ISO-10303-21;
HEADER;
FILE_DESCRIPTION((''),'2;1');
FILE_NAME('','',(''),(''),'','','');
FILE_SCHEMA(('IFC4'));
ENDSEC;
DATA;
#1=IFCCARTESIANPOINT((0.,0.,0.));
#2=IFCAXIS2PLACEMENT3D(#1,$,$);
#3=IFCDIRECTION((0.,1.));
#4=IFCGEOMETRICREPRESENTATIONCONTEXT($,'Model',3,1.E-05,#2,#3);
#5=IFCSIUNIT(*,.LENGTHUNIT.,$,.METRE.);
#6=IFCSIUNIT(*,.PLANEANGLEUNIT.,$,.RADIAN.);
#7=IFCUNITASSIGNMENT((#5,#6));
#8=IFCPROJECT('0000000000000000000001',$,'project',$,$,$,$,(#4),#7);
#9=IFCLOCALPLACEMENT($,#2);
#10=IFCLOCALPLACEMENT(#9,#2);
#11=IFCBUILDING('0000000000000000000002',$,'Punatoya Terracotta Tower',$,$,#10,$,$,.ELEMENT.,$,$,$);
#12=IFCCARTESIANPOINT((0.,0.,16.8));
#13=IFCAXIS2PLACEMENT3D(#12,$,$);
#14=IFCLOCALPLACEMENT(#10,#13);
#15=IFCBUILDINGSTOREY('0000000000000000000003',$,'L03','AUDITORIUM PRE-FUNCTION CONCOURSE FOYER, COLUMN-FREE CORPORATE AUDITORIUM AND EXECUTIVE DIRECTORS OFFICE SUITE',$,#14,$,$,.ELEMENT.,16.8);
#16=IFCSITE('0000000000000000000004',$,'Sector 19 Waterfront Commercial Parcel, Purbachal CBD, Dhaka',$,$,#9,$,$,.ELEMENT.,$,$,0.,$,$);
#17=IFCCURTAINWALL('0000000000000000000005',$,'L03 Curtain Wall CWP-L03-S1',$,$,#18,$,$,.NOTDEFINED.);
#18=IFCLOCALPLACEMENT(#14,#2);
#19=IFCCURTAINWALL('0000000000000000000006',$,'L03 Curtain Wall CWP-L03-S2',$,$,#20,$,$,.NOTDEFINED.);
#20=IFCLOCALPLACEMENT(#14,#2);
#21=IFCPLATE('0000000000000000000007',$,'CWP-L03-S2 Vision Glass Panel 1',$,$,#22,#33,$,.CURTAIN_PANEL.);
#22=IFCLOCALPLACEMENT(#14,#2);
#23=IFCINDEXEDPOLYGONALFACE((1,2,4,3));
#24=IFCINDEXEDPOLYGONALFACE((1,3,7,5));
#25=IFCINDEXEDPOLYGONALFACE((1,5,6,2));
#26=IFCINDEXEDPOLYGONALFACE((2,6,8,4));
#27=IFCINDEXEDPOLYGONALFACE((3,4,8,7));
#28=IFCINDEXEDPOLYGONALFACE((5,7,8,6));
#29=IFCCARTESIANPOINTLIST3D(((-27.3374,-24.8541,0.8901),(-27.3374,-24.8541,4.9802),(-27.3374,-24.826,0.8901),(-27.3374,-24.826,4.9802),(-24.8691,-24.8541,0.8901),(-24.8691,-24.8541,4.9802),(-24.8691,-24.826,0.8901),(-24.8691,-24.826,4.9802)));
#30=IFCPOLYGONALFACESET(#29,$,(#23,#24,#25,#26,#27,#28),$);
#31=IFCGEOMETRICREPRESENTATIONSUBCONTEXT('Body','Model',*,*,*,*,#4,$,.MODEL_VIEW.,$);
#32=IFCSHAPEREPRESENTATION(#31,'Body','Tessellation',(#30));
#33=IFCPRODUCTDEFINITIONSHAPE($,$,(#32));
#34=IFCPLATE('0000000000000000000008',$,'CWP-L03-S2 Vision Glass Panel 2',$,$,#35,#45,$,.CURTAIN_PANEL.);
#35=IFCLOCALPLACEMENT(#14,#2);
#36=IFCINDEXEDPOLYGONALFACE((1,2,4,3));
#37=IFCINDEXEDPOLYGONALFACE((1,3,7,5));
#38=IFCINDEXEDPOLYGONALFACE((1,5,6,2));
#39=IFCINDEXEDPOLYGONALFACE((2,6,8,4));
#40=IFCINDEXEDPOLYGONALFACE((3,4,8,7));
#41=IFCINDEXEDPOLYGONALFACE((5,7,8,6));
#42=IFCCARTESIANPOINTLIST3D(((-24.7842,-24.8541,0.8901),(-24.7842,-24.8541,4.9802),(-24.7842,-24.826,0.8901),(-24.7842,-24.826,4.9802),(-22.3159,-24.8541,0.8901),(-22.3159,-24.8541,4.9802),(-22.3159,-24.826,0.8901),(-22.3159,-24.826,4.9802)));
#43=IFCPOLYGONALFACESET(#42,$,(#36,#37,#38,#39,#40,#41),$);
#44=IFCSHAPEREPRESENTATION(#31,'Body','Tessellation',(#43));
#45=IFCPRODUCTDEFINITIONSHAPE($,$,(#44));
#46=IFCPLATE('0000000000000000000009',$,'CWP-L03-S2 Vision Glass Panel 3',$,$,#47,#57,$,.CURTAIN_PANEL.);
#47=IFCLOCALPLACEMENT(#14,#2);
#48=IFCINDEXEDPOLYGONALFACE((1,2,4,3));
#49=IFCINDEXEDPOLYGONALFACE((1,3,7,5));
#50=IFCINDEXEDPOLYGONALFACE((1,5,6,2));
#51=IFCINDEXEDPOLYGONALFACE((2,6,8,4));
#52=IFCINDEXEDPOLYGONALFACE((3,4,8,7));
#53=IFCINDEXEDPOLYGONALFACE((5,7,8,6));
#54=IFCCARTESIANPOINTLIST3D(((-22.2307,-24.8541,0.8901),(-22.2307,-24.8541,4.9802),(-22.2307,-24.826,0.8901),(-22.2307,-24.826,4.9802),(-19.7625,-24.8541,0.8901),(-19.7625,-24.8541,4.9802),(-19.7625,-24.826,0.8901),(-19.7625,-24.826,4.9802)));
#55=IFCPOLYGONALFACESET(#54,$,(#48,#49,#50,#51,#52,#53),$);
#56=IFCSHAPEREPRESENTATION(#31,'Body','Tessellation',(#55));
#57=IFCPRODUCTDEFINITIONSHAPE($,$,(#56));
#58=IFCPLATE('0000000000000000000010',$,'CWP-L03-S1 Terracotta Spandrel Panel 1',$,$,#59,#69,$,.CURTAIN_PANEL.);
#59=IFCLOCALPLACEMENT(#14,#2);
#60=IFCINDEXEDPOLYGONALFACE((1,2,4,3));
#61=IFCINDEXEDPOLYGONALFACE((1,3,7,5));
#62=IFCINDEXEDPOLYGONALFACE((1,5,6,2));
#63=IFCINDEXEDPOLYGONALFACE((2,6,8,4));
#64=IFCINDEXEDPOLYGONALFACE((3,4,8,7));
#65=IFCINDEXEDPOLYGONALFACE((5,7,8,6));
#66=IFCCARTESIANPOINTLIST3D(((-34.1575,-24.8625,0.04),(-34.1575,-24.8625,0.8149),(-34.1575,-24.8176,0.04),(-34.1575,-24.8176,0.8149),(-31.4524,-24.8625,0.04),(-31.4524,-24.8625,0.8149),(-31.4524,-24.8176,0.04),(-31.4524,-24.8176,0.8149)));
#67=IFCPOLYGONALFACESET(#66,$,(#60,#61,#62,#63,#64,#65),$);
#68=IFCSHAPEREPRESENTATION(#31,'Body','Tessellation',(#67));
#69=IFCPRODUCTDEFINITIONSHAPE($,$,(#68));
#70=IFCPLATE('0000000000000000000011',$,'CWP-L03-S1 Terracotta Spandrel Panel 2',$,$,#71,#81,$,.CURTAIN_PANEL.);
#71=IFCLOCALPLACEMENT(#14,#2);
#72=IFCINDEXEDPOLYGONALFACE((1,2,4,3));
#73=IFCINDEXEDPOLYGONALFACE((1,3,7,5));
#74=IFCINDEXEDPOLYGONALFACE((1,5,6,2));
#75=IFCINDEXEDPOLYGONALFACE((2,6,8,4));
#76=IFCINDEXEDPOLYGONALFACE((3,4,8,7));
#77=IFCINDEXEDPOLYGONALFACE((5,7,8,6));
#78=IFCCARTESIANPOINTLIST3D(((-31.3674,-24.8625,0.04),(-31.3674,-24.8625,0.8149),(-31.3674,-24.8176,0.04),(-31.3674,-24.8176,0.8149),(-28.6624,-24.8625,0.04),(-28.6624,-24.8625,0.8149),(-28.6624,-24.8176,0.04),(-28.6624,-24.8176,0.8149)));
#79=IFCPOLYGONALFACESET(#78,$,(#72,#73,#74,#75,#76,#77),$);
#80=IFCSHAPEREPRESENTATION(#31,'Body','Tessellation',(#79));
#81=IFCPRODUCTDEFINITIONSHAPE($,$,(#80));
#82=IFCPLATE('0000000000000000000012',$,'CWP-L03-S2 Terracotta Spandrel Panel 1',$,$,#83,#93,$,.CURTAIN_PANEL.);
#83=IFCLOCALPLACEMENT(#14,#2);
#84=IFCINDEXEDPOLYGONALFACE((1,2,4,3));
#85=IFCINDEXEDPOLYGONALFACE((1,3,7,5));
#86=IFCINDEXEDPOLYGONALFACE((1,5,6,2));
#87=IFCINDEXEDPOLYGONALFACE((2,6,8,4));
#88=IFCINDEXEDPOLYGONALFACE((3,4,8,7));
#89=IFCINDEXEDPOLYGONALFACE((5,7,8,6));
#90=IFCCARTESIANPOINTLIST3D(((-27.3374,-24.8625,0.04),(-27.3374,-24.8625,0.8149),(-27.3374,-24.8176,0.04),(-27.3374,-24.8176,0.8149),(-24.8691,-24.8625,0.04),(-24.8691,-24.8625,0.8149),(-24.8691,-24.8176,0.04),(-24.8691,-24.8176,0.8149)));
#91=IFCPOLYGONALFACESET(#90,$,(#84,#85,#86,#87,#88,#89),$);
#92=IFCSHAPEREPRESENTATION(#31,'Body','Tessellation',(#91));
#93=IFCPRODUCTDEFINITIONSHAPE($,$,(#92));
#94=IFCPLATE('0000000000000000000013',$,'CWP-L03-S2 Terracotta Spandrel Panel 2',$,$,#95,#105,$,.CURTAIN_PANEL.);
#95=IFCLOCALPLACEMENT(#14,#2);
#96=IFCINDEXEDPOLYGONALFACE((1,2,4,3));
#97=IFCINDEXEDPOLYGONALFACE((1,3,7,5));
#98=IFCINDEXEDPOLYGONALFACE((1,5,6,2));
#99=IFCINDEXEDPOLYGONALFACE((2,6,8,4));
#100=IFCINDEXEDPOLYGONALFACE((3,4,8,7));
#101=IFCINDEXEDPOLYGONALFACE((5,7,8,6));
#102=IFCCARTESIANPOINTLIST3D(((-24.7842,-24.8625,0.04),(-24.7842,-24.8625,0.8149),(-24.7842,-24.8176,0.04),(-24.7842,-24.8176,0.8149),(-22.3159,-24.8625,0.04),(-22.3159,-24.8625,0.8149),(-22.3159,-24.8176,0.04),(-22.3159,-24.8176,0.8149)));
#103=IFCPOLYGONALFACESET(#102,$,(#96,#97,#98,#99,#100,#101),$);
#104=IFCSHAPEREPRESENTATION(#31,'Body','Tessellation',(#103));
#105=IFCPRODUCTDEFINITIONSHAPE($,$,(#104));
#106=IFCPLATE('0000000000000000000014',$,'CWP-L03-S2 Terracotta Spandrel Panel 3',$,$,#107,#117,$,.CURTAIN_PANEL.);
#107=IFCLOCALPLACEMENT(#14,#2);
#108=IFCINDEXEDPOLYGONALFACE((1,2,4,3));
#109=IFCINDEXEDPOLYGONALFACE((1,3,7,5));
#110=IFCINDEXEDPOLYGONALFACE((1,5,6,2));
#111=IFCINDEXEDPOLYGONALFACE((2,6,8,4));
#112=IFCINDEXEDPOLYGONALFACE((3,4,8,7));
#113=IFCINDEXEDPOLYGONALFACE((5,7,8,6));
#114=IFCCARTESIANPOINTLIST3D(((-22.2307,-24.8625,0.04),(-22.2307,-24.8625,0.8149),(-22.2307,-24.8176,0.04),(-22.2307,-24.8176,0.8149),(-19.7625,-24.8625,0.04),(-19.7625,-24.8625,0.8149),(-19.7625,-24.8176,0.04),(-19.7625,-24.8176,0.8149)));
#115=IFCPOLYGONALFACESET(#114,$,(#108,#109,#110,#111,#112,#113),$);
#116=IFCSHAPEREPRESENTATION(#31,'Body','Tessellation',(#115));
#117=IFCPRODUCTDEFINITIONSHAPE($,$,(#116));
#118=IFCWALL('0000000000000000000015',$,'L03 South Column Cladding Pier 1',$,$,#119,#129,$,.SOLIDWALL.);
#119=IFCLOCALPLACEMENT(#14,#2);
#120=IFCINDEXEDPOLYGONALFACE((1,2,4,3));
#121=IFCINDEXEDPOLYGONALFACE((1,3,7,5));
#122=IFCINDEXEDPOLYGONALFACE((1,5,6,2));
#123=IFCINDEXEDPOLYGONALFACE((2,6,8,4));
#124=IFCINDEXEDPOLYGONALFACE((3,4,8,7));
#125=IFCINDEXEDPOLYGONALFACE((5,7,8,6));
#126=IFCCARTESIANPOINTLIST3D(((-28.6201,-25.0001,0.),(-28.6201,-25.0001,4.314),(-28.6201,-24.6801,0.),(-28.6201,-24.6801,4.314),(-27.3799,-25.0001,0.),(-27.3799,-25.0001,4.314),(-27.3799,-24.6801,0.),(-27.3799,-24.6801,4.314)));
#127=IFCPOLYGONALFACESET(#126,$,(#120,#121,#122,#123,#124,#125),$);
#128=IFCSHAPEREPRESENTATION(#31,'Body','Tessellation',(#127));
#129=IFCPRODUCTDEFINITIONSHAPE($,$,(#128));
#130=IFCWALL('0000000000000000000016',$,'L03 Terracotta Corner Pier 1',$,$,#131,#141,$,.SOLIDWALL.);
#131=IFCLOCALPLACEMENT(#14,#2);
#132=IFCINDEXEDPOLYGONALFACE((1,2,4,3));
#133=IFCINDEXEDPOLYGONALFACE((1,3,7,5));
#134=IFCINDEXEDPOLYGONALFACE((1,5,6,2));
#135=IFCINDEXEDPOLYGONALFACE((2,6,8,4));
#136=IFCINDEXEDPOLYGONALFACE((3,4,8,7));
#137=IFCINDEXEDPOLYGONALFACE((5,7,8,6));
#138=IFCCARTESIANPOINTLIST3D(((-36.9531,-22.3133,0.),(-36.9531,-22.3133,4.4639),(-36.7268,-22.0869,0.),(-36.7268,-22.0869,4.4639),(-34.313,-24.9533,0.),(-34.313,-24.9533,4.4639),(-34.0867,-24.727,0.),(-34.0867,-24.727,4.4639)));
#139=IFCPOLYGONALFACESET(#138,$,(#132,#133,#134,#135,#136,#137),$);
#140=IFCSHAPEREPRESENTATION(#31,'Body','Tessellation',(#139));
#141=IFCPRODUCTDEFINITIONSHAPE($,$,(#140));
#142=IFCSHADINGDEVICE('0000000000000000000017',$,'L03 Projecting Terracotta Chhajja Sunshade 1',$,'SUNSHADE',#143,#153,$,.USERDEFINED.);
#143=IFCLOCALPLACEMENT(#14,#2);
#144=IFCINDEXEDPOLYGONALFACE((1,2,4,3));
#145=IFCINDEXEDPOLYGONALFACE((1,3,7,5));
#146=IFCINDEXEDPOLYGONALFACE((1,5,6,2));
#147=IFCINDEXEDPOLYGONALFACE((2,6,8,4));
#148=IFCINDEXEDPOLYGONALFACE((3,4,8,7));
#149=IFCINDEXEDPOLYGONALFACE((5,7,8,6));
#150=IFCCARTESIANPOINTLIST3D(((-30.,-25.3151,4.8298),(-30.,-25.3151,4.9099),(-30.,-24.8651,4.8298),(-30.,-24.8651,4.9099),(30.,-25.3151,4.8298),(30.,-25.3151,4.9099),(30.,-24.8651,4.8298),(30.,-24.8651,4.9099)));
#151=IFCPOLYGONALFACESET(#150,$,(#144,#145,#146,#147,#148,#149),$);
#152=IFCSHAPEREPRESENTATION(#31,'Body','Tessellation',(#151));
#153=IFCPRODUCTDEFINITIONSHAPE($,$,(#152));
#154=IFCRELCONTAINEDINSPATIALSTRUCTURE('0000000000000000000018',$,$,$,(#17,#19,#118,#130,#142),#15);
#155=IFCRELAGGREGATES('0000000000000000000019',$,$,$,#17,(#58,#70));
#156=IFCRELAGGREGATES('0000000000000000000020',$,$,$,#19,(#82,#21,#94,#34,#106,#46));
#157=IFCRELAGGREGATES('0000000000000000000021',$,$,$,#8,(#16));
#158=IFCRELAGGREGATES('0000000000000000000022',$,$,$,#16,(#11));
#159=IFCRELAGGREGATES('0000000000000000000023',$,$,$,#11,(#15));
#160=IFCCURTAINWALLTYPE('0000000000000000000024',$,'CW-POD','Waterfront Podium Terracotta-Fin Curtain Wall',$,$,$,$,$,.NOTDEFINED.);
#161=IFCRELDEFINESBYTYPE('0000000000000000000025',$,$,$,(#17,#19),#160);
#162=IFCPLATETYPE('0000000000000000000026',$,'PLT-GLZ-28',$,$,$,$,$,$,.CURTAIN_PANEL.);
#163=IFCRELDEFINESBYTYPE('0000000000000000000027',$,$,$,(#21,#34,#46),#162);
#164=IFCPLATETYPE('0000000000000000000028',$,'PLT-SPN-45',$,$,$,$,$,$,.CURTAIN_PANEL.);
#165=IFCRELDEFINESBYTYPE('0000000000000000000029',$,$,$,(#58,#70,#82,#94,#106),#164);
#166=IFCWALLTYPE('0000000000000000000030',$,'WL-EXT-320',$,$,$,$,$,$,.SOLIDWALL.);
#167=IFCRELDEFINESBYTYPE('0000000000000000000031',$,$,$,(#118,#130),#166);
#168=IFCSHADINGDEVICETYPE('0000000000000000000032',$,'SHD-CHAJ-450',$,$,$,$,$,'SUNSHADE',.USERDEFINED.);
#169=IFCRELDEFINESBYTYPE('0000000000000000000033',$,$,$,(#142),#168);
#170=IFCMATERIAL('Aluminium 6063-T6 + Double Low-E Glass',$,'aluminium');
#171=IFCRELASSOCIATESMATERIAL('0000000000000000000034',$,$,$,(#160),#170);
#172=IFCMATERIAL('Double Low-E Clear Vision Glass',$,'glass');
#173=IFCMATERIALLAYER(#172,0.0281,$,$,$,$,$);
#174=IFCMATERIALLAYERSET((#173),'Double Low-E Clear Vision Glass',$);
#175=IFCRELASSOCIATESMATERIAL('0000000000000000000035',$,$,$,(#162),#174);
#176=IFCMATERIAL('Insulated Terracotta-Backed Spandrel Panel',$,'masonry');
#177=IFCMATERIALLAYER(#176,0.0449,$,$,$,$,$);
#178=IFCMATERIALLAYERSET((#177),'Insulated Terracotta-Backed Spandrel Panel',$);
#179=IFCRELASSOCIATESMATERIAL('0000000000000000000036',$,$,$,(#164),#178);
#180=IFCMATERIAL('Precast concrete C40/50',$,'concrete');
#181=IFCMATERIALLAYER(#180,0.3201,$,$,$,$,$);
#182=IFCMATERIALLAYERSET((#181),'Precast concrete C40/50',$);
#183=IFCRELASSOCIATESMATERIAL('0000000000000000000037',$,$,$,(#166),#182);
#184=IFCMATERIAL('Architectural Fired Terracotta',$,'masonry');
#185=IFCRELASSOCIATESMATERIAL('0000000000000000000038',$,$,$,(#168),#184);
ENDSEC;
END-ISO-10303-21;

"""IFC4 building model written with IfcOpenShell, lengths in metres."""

from ifc_helpers import new_model, si_unit, direction, frame, frame_2d, origin, origin_2d, place, context, subcontext, project, spatial, rectangle, extrude, material, layer, layer_set, material_profile, profile_set, type_object, element, aggregate, save


model = new_model("IFC4")

# Units and contexts
model_context = context("Model", 3, precision=1e-05, world=origin(), true_north=direction((0.0, 1.0)))
body_context = subcontext(model_context, "Body", "Model", "MODEL_VIEW")
ifc_project = project(units=[si_unit("LENGTHUNIT", "METRE"), si_unit("PLANEANGLEUNIT", "RADIAN")], contexts=[model_context])

# Site, building, storey
site_placement = place(None, origin())
site = spatial("IfcSite", under=ifc_project, at=site_placement, Name="Sector 19 Waterfront Commercial Parcel, Purbachal CBD, Dhaka", CompositionType="ELEMENT", RefElevation=0.0)
building_placement = place(site_placement, origin())
building = spatial("IfcBuilding", under=site, at=building_placement, Name="Punatoya Terracotta Tower", CompositionType="ELEMENT")
storey_placement = place(building_placement, frame((0.0, 0.0, 16.8)))
storey = spatial("IfcBuildingStorey", under=building, at=storey_placement, Name="L03", Description="AUDITORIUM PRE-FUNCTION CONCOURSE FOYER, COLUMN-FREE CORPORATE AUDITORIUM AND EXECUTIVE DIRECTORS OFFICE SUITE", CompositionType="ELEMENT", Elevation=16.8)

# Curtain walls
ifc_material_1 = material(Name="Aluminium 6063-T6 + Double Low-E Glass", Category="aluminium")
curtain_wall_type = type_object("IfcCurtainWallType", Name="CW-POD", Description="Waterfront Podium Terracotta-Fin Curtain Wall", PredefinedType="NOTDEFINED", material=ifc_material_1)
curtain_wall_1_placement = place(storey_placement, origin())
curtain_wall_1 = element("IfcCurtainWall", 1, at=curtain_wall_1_placement, inside=storey, type_object=curtain_wall_type, Name="L03 Curtain Wall CWP-L03-S1", PredefinedType="NOTDEFINED")
curtain_wall_2_placement = place(storey_placement, origin())
curtain_wall_2 = element("IfcCurtainWall", 2, at=curtain_wall_2_placement, inside=storey, type_object=curtain_wall_type, Name="L03 Curtain Wall CWP-L03-S2", PredefinedType="NOTDEFINED")

# Plates
ifc_material_2 = material(Name="Double Low-E Clear Vision Glass", Category="glass")
ifc_layer_1 = layer(ifc_material_2, 0.0281)
ifc_layer_set_1 = layer_set([ifc_layer_1], Name="Double Low-E Clear Vision Glass")
plate_type_1 = type_object("IfcPlateType", Name="PLT-GLZ-28", PredefinedType="CURTAIN_PANEL", material=ifc_layer_set_1)
plate_1_placement = place(storey_placement, frame((-26.1033, -24.8401, 0.8901), z_axis=(0.0, 0.0, 1.0), x_axis=(1.0, 0.0, 0.0)))
plate_1 = element("IfcPlate", 3, at=plate_1_placement, type_object=plate_type_1, Name="CWP-L03-S2 Vision Glass Panel 1", PredefinedType="CURTAIN_PANEL", context=body_context, shape_type="SweptSolid", body=[
    extrude(rectangle(XDim=2.4683, YDim=0.0281, at=origin_2d()), origin(), (0.0, 0.0, 1.0), 4.0901),
])
plate_2_placement = place(storey_placement, frame((-23.55, -24.8401, 0.8901), z_axis=(0.0, 0.0, 1.0), x_axis=(1.0, 0.0, 0.0)))
plate_2 = element("IfcPlate", 4, at=plate_2_placement, type_object=plate_type_1, Name="CWP-L03-S2 Vision Glass Panel 2", PredefinedType="CURTAIN_PANEL", context=body_context, shape_type="SweptSolid", body=[
    extrude(rectangle(XDim=2.4683, YDim=0.0281, at=origin_2d()), origin(), (0.0, 0.0, 1.0), 4.0901),
])
plate_3_placement = place(storey_placement, frame((-20.9966, -24.8401, 0.8901), z_axis=(0.0, 0.0, 1.0), x_axis=(1.0, 0.0, 0.0)))
plate_3 = element("IfcPlate", 5, at=plate_3_placement, type_object=plate_type_1, Name="CWP-L03-S2 Vision Glass Panel 3", PredefinedType="CURTAIN_PANEL", context=body_context, shape_type="SweptSolid", body=[
    extrude(rectangle(XDim=2.4683, YDim=0.0281, at=origin_2d()), origin(), (0.0, 0.0, 1.0), 4.0901),
])
ifc_material_3 = material(Name="Insulated Terracotta-Backed Spandrel Panel", Category="masonry")
ifc_layer_2 = layer(ifc_material_3, 0.0449)
ifc_layer_set_2 = layer_set([ifc_layer_2], Name="Insulated Terracotta-Backed Spandrel Panel")
plate_type_2 = type_object("IfcPlateType", Name="PLT-SPN-45", PredefinedType="CURTAIN_PANEL", material=ifc_layer_set_2)
plate_4_placement = place(storey_placement, frame((-32.8049, -24.8401, 0.04), z_axis=(0.0, 0.0, 1.0), x_axis=(1.0, 0.0, 0.0)))
plate_4 = element("IfcPlate", 6, at=plate_4_placement, type_object=plate_type_2, Name="CWP-L03-S1 Terracotta Spandrel Panel 1", PredefinedType="CURTAIN_PANEL", context=body_context, shape_type="SweptSolid", body=[
    extrude(rectangle(XDim=2.7051, YDim=0.0449, at=origin_2d()), origin(), (0.0, 0.0, 1.0), 0.7749),
])
plate_5_placement = place(storey_placement, frame((-30.0149, -24.8401, 0.04), z_axis=(0.0, 0.0, 1.0), x_axis=(1.0, 0.0, 0.0)))
plate_5 = element("IfcPlate", 7, at=plate_5_placement, type_object=plate_type_2, Name="CWP-L03-S1 Terracotta Spandrel Panel 2", PredefinedType="CURTAIN_PANEL", context=body_context, shape_type="SweptSolid", body=[
    extrude(rectangle(XDim=2.7051, YDim=0.0449, at=origin_2d()), origin(), (0.0, 0.0, 1.0), 0.7749),
])
aggregate(curtain_wall_1, [plate_4, plate_5])
plate_6_placement = place(storey_placement, frame((-26.1033, -24.8401, 0.04), z_axis=(0.0, 0.0, 1.0), x_axis=(1.0, 0.0, 0.0)))
plate_6 = element("IfcPlate", 8, at=plate_6_placement, type_object=plate_type_2, Name="CWP-L03-S2 Terracotta Spandrel Panel 1", PredefinedType="CURTAIN_PANEL", context=body_context, shape_type="SweptSolid", body=[
    extrude(rectangle(XDim=2.4683, YDim=0.0449, at=origin_2d()), origin(), (0.0, 0.0, 1.0), 0.7749),
])
plate_7_placement = place(storey_placement, frame((-23.55, -24.8401, 0.04), z_axis=(0.0, 0.0, 1.0), x_axis=(1.0, 0.0, 0.0)))
plate_7 = element("IfcPlate", 9, at=plate_7_placement, type_object=plate_type_2, Name="CWP-L03-S2 Terracotta Spandrel Panel 2", PredefinedType="CURTAIN_PANEL", context=body_context, shape_type="SweptSolid", body=[
    extrude(rectangle(XDim=2.4683, YDim=0.0449, at=origin_2d()), origin(), (0.0, 0.0, 1.0), 0.7749),
])
plate_8_placement = place(storey_placement, frame((-20.9966, -24.8401, 0.04), z_axis=(0.0, 0.0, 1.0), x_axis=(1.0, 0.0, 0.0)))
plate_8 = element("IfcPlate", 10, at=plate_8_placement, type_object=plate_type_2, Name="CWP-L03-S2 Terracotta Spandrel Panel 3", PredefinedType="CURTAIN_PANEL", context=body_context, shape_type="SweptSolid", body=[
    extrude(rectangle(XDim=2.4683, YDim=0.0449, at=origin_2d()), origin(), (0.0, 0.0, 1.0), 0.7749),
])
aggregate(curtain_wall_2, [plate_6, plate_1, plate_7, plate_2, plate_8, plate_3])

# Walls
ifc_material_4 = material(Name="Precast concrete C40/50", Category="concrete")
ifc_layer_3 = layer(ifc_material_4, 0.3201)
ifc_layer_set_3 = layer_set([ifc_layer_3], Name="Precast concrete C40/50")
wall_type = type_object("IfcWallType", Name="WL-EXT-320", PredefinedType="SOLIDWALL", material=ifc_layer_set_3)
wall_1_placement = place(storey_placement, frame((-28.6201, -24.8401, 0.0), z_axis=(0.0, 0.0, 1.0), x_axis=(1.0, 0.0, 0.0)))
element("IfcWall", 11, at=wall_1_placement, inside=storey, type_object=wall_type, Name="L03 South Column Cladding Pier 1", PredefinedType="SOLIDWALL", context=body_context, shape_type="SweptSolid", body=[
    extrude(rectangle(XDim=1.2402, YDim=0.3201, at=frame_2d((0.6201, 0.0))), origin(), (0.0, 0.0, 1.0), 4.314),
])
wall_2_placement = place(storey_placement, frame((-34.2, -24.8401, 0.0), z_axis=(0.0, 0.0, 1.0), x_axis=(-0.707107, 0.707107, 0.0)))
element("IfcWall", 12, at=wall_2_placement, inside=storey, type_object=wall_type, Name="L03 Terracotta Corner Pier 1", PredefinedType="SOLIDWALL", context=body_context, shape_type="SweptSolid", body=[
    extrude(rectangle(XDim=3.7336, YDim=0.3201, at=frame_2d((1.8667, 0.0))), origin(), (0.0, 0.0, 1.0), 4.4639),
])

# Shading device
ifc_material_5 = material(Name="Architectural Fired Terracotta", Category="masonry")
ifc_material_profile_1 = material_profile(ifc_material_5, rectangle(XDim=0.45, YDim=0.0801, at=origin_2d()))
ifc_profile_set_1 = profile_set([ifc_material_profile_1], Name="Architectural Fired Terracotta")
shading_device_type = type_object("IfcShadingDeviceType", Name="SHD-CHAJ-450", ElementType="SUNSHADE", PredefinedType="USERDEFINED", material=ifc_profile_set_1)
shading_device_placement = place(storey_placement, frame((-30.0, -25.0901, 4.8699), z_axis=(1.0, 0.0, 0.0), x_axis=(0.0, 1.0, 0.0)))
element("IfcShadingDevice", 13, at=shading_device_placement, inside=storey, type_object=shading_device_type, Name="L03 Projecting Terracotta Chhajja Sunshade 1", ObjectType="SUNSHADE", PredefinedType="USERDEFINED", context=body_context, shape_type="SweptSolid", body=[
    extrude(rectangle(XDim=0.45, YDim=0.0801, at=origin_2d()), origin(), (0.0, 0.0, 1.0), 60.0),
])

save(model, "model.ifc")
